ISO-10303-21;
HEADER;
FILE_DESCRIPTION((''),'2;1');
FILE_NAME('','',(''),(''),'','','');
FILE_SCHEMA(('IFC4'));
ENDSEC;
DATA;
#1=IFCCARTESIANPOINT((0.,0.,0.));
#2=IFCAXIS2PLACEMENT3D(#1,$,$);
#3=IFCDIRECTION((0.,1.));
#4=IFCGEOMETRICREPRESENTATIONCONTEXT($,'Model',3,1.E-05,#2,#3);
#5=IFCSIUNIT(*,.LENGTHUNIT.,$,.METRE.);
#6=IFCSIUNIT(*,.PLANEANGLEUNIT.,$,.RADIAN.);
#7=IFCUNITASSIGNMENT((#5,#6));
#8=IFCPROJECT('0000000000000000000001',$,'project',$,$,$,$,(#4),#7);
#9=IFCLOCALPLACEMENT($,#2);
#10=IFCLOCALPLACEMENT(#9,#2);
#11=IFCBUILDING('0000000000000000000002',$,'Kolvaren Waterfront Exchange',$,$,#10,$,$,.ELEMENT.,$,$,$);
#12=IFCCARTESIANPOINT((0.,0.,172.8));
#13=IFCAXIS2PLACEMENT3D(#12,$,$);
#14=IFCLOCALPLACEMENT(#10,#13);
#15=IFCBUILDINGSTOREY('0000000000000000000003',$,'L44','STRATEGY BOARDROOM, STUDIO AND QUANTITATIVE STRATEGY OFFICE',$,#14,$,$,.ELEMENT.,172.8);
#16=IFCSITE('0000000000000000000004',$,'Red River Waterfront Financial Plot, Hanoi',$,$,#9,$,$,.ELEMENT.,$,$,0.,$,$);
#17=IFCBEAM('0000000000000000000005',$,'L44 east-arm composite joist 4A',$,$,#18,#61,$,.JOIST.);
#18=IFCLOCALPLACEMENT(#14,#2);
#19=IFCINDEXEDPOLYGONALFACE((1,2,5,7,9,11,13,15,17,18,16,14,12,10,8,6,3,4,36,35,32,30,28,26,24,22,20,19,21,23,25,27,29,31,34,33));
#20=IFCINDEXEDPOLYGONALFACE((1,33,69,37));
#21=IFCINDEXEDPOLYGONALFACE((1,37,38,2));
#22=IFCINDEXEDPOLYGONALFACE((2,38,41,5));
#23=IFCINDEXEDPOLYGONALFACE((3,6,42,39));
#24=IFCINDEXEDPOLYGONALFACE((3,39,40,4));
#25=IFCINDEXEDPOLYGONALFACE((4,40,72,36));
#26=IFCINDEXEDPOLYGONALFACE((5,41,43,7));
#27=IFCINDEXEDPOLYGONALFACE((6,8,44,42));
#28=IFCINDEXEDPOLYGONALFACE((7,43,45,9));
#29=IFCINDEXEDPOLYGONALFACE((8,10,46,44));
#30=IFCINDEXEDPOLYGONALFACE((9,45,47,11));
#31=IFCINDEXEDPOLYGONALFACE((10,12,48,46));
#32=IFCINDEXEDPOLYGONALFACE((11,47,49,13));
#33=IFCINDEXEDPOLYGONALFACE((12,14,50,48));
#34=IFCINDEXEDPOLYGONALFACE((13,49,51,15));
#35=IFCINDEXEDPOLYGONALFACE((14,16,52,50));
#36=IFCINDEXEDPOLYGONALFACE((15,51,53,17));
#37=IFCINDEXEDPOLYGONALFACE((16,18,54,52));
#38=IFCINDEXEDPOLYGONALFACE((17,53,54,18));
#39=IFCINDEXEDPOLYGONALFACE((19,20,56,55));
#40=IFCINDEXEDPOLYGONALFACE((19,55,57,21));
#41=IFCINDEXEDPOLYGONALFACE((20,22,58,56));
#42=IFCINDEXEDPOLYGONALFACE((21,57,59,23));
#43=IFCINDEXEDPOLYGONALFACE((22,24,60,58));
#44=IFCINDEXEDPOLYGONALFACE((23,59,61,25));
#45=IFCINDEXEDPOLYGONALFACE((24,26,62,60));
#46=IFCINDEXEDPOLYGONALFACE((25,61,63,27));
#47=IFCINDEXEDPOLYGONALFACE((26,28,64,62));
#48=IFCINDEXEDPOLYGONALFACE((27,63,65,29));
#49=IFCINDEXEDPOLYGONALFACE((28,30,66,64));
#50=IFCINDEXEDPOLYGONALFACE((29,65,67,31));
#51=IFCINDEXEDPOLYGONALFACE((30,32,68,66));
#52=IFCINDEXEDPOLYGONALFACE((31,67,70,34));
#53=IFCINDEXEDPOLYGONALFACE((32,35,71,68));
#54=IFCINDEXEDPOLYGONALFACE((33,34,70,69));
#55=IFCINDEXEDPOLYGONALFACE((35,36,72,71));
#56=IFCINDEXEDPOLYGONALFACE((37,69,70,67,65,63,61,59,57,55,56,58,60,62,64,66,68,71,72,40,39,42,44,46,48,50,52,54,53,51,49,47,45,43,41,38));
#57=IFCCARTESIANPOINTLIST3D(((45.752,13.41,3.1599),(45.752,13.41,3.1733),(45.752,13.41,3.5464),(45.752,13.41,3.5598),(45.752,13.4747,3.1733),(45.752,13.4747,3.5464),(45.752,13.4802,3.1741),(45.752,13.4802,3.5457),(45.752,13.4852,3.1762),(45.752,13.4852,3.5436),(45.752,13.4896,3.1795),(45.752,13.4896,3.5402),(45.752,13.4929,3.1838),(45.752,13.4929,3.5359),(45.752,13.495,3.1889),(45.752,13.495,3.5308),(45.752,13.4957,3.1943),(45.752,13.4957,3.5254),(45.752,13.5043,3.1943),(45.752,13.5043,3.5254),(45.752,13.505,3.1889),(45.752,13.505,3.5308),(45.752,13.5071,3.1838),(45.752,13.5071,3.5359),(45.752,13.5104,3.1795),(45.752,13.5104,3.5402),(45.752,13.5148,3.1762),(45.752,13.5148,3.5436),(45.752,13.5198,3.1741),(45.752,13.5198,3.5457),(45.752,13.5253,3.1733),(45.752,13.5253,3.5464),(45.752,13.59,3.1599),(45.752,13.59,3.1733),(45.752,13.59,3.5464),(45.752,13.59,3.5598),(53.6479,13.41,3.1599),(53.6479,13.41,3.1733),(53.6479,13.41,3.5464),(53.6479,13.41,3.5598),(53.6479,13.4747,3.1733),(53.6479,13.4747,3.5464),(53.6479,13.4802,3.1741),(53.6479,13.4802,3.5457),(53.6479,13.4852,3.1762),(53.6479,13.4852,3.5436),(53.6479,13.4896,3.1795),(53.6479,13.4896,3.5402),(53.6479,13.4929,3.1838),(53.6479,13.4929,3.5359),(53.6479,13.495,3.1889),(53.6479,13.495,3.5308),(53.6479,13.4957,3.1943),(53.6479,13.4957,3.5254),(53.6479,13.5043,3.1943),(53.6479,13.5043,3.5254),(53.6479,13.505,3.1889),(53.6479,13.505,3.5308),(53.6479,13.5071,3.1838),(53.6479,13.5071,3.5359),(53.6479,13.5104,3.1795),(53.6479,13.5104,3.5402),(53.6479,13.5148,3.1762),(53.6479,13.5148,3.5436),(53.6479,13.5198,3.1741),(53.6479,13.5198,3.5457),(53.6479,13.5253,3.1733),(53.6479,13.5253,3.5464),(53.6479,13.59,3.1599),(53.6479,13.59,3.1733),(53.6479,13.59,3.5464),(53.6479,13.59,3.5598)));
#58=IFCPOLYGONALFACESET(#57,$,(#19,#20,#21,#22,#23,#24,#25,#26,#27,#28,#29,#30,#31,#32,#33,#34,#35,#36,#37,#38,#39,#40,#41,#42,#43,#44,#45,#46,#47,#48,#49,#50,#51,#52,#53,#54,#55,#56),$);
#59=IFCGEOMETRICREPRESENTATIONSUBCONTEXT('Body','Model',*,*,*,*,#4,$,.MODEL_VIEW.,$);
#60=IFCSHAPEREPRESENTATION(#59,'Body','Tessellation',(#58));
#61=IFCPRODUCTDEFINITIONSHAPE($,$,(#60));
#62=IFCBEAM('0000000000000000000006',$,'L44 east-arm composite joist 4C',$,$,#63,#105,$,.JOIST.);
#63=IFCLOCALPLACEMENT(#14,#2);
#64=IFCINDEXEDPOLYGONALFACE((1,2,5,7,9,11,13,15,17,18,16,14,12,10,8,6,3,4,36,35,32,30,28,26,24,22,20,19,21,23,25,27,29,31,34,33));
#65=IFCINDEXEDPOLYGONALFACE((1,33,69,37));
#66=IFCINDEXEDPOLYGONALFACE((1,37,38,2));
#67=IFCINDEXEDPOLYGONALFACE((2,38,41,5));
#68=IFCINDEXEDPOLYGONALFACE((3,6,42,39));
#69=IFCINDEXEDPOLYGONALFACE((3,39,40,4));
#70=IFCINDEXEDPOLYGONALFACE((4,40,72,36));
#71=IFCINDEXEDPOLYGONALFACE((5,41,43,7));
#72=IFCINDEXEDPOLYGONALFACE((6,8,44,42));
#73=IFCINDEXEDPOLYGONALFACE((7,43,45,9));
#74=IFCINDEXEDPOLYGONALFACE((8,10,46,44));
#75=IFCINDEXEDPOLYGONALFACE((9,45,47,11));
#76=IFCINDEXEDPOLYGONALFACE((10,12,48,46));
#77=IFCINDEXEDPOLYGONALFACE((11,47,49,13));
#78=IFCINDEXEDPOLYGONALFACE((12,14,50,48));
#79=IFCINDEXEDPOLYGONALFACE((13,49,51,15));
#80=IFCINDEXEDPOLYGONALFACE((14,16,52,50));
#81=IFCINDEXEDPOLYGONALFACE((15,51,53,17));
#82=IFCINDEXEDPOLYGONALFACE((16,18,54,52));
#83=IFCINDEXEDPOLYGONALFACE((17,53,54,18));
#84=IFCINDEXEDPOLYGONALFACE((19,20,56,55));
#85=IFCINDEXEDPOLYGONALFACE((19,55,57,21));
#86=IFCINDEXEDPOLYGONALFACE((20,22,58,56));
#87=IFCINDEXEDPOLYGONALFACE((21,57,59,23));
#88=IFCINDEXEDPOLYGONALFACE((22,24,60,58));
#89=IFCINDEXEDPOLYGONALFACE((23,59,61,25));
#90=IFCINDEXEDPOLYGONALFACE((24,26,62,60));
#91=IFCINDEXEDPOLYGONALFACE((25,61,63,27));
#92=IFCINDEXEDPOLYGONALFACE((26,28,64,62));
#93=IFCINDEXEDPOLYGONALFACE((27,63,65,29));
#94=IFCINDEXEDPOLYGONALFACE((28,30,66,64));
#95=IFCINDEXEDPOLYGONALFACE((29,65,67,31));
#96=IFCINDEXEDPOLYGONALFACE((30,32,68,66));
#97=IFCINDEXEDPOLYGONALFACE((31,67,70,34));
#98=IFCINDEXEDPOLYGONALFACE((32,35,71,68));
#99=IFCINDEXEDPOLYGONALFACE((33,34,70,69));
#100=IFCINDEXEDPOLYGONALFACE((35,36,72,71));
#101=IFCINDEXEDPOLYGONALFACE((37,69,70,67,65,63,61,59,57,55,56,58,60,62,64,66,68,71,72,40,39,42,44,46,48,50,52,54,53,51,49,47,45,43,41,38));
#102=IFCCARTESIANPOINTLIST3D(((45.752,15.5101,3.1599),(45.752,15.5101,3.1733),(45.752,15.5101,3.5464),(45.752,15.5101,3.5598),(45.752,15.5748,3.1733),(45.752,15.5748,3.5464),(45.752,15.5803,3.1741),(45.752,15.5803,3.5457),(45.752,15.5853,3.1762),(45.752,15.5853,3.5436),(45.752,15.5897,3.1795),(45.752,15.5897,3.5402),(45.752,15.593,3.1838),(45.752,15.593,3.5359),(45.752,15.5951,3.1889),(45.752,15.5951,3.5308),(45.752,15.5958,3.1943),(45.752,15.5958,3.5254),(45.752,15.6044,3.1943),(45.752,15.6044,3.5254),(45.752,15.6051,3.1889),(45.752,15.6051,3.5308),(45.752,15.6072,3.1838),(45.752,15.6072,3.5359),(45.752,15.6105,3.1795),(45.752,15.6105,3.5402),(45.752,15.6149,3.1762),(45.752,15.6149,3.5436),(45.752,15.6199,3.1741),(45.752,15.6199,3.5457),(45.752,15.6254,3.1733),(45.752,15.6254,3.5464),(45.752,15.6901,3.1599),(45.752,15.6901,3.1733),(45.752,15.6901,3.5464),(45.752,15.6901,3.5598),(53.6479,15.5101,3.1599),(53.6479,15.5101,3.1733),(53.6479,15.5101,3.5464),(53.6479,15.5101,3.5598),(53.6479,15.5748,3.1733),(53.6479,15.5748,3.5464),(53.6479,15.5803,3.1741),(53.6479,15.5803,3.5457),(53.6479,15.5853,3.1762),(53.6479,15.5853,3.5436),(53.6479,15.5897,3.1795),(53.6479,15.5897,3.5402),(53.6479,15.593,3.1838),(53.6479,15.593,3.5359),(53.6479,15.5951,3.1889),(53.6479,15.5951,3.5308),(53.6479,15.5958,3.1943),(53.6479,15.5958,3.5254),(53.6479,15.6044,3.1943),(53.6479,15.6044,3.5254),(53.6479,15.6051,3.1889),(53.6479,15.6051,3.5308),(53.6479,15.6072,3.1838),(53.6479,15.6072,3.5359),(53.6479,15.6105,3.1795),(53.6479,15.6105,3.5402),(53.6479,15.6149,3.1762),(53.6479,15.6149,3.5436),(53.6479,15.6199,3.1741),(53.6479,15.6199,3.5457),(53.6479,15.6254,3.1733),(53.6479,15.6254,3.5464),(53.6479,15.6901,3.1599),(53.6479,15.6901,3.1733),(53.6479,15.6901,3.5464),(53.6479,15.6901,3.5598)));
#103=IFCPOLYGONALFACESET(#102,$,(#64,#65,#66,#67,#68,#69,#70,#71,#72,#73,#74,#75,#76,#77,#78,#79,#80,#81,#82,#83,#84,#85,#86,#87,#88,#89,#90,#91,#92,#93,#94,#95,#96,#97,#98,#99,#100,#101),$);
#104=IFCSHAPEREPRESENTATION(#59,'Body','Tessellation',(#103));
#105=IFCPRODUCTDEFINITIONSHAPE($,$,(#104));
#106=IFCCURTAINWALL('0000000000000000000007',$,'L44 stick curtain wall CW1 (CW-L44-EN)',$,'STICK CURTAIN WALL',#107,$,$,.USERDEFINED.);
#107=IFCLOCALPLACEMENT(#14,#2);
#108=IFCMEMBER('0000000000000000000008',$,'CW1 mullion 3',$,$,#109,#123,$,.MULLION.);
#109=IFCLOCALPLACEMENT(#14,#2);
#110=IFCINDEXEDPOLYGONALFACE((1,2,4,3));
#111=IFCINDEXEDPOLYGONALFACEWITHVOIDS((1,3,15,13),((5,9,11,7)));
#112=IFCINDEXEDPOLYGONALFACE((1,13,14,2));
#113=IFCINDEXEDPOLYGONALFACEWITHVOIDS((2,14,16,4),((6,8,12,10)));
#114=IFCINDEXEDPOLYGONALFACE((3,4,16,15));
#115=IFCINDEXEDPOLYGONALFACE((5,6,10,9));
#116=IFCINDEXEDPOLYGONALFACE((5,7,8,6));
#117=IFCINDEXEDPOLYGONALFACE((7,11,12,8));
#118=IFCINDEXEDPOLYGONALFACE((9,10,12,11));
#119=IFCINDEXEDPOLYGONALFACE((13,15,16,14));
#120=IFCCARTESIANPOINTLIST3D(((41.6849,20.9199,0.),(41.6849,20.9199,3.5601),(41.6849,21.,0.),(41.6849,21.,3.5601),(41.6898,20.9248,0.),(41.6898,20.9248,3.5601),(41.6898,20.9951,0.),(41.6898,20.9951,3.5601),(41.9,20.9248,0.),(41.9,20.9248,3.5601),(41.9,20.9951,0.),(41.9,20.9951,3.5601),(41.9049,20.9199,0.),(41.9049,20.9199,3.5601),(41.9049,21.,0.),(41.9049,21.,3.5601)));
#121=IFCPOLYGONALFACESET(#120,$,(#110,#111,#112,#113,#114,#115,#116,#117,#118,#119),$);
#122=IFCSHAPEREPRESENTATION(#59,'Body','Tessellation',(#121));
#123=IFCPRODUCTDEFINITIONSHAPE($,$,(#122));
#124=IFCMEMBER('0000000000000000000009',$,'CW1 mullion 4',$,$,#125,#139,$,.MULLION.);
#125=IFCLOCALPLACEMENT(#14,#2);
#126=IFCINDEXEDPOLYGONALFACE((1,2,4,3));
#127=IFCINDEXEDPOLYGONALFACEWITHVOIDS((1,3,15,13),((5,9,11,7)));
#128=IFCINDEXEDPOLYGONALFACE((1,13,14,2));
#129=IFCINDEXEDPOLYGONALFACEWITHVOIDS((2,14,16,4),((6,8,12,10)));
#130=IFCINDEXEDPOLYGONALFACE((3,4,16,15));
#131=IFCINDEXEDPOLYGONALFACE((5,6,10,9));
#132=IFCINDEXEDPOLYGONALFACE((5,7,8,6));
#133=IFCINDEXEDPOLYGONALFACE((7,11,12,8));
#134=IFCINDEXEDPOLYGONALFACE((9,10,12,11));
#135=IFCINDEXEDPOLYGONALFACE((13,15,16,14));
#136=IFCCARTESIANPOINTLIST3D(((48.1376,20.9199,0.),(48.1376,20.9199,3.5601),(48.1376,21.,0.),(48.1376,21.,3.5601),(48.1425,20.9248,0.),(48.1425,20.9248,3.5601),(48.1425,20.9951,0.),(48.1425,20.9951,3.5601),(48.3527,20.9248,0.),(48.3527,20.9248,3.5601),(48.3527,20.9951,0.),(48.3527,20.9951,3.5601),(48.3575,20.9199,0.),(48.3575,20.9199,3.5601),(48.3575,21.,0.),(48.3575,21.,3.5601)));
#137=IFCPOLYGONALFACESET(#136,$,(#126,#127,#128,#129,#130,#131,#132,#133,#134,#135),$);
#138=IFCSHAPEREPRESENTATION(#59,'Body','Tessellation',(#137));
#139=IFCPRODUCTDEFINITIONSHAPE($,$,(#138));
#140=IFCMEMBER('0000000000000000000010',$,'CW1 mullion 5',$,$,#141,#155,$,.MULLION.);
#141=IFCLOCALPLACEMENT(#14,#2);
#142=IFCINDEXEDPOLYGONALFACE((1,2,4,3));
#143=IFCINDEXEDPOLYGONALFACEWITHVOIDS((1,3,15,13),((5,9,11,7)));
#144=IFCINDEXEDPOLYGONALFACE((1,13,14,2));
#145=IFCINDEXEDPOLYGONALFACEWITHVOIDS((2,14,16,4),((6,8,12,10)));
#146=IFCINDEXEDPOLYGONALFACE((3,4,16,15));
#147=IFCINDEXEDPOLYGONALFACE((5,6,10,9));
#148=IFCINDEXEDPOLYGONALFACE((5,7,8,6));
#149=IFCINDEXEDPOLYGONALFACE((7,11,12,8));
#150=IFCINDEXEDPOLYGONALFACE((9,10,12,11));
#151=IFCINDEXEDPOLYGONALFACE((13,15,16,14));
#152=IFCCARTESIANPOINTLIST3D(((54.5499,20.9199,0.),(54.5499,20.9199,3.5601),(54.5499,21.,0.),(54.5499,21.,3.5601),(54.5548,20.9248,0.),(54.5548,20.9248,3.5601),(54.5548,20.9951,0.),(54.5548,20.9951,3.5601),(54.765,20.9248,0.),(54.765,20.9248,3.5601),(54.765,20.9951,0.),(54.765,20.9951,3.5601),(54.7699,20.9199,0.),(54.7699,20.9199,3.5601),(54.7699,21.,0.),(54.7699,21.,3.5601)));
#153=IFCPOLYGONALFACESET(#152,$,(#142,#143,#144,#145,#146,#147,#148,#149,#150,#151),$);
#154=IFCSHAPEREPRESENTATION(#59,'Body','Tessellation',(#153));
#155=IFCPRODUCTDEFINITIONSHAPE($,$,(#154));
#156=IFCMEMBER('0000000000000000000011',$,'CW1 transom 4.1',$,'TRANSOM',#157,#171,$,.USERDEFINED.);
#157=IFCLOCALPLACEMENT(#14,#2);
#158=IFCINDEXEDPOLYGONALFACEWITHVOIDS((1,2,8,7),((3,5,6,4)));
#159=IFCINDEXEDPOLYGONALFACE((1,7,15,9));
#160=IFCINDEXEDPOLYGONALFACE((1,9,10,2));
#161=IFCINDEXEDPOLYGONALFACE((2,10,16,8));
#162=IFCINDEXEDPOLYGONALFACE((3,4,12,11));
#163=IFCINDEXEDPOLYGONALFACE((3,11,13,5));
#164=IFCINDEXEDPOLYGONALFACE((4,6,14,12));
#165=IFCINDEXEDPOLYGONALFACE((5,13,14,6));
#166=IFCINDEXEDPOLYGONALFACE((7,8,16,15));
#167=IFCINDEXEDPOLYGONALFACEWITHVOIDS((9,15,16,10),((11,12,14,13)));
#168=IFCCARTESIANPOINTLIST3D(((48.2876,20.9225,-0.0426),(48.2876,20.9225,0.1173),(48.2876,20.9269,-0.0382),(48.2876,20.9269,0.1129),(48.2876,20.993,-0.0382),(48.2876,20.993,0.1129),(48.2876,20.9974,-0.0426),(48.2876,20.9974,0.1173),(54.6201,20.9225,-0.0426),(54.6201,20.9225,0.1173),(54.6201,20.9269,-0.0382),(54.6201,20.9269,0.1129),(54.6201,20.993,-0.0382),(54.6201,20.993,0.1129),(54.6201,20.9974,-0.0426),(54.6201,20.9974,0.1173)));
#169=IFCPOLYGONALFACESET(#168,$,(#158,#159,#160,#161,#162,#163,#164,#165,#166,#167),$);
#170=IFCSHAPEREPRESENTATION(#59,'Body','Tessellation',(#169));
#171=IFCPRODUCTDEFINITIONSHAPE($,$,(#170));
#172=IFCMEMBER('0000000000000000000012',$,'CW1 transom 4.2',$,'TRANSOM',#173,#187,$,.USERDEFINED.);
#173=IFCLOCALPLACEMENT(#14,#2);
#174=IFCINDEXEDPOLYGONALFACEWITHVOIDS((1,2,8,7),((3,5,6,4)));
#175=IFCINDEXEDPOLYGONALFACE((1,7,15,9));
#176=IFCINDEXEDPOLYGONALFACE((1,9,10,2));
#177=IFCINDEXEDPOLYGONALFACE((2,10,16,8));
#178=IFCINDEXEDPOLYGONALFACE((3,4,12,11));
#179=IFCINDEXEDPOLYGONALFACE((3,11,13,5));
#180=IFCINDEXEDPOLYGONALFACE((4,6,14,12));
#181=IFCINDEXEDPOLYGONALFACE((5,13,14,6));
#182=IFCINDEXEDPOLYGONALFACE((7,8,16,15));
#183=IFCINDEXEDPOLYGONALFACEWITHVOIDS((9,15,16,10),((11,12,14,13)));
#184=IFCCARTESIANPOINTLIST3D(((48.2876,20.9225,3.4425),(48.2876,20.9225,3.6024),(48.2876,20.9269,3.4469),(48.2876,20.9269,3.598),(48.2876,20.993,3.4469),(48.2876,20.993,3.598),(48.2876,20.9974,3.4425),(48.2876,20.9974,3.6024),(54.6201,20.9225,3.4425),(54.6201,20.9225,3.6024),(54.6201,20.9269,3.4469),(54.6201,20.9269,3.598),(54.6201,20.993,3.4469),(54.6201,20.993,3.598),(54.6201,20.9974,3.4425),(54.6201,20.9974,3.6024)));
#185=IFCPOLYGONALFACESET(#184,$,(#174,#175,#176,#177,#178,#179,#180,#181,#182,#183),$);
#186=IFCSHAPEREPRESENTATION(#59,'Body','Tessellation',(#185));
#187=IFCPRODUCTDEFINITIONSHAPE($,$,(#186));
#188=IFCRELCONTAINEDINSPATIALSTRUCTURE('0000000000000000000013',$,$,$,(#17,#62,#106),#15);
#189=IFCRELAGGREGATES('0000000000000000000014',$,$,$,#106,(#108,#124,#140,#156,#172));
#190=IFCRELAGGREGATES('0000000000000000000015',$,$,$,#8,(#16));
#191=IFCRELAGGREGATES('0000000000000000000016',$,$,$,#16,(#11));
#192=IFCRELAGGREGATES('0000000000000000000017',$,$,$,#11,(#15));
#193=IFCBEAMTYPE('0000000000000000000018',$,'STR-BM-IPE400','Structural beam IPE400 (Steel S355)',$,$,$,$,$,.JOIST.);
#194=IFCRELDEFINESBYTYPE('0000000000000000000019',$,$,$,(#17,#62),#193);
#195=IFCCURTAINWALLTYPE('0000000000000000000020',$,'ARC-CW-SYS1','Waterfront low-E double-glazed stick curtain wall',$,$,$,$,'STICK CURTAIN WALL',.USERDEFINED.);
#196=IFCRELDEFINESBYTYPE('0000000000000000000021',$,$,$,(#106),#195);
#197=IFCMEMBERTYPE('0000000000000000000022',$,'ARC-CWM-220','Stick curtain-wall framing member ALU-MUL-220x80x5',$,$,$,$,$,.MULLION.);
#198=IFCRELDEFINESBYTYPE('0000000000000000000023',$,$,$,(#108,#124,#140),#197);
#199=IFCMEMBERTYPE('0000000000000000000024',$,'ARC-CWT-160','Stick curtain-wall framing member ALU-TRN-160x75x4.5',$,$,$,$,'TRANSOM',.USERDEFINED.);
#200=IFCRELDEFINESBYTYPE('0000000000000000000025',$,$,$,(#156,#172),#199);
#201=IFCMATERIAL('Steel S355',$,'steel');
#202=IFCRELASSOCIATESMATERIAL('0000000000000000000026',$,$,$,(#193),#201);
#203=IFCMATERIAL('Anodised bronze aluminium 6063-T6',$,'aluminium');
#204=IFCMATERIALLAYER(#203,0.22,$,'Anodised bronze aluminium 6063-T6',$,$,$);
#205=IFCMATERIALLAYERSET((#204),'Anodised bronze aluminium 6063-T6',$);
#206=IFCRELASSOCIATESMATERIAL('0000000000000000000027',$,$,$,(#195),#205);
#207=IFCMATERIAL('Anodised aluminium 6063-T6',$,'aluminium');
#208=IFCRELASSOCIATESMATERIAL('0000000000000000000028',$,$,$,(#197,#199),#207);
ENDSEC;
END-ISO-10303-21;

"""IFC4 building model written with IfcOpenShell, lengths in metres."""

from ifc_helpers import new_model, si_unit, direction, frame, origin, origin_with_axes, origin_2d, place, context, subcontext, project, spatial, hollow_rectangle, i_section, extrude, source, transform, mapped, material, layer, layer_set, material_profile, profile_set, type_object, element, aggregate, save


model = new_model("IFC4")

# Units and contexts
model_context = context("Model", 3, precision=1e-05, world=origin(), true_north=direction((0.0, 1.0)))
body_context = subcontext(model_context, "Body", "Model", "MODEL_VIEW")
ifc_project = project(units=[si_unit("LENGTHUNIT", "METRE"), si_unit("PLANEANGLEUNIT", "RADIAN")], contexts=[model_context])

# Site, building, storey
site_placement = place(None, origin())
site = spatial("IfcSite", under=ifc_project, at=site_placement, Name="Red River Waterfront Financial Plot, Hanoi", CompositionType="ELEMENT", RefElevation=0.0)
building_placement = place(site_placement, origin())
building = spatial("IfcBuilding", under=site, at=building_placement, Name="Kolvaren Waterfront Exchange", CompositionType="ELEMENT")
storey_placement = place(building_placement, frame((0.0, 0.0, 172.8)))
storey = spatial("IfcBuildingStorey", under=building, at=storey_placement, Name="L44", Description="STRATEGY BOARDROOM, STUDIO AND QUANTITATIVE STRATEGY OFFICE", CompositionType="ELEMENT", Elevation=172.8)

# Beams
ifc_material_1 = material(Name="Steel S355", Category="steel")
ifc_material_profile_1 = material_profile(ifc_material_1, i_section(OverallWidth=0.1799, OverallDepth=0.3999, WebThickness=0.0085, FlangeThickness=0.0134, FilletRadius=0.021, at=origin_2d()), Name="IPE400")
ifc_profile_set_1 = profile_set([ifc_material_profile_1], Name="Steel S355")
beam_type_1 = type_object("IfcBeamType", Name="STR-BM-IPE400", Description="Structural beam IPE400 (Steel S355)", PredefinedType="JOIST", material=ifc_profile_set_1)
for number, where, z_axis, x_axis, name in (
    (1, (45.752, 13.5, 3.3599), (1.0, 0.0, 0.0), (0.0, 1.0, 0.0), "L44 east-arm composite joist 4A"),
    (2, (45.752, 15.6001, 3.3599), (1.0, 0.0, 0.0), (0.0, 1.0, 0.0), "L44 east-arm composite joist 4C"),
):
    element("IfcBeam", number, at=place(storey_placement, frame(where, z_axis=z_axis, x_axis=x_axis)), inside=storey, type_object=beam_type_1, Name=name, PredefinedType="JOIST", context=body_context, shape_type="SweptSolid", body=[
        extrude(i_section(OverallWidth=0.1799, OverallDepth=0.3999, WebThickness=0.0085, FlangeThickness=0.0134, FilletRadius=0.021, at=origin_2d()), origin(), (0.0, 0.0, 1.0), 7.896),
    ])

# Curtain wall, members
ifc_material_2 = material(Name="Anodised bronze aluminium 6063-T6", Category="aluminium")
ifc_layer_1 = layer(ifc_material_2, 0.22, Name="Anodised bronze aluminium 6063-T6")
ifc_layer_set_1 = layer_set([ifc_layer_1], Name="Anodised bronze aluminium 6063-T6")
curtain_wall_type = type_object("IfcCurtainWallType", Name="ARC-CW-SYS1", Description="Waterfront low-E double-glazed stick curtain wall", ElementType="STICK CURTAIN WALL", PredefinedType="USERDEFINED", material=ifc_layer_set_1)
curtain_wall_placement = place(storey_placement, origin())
curtain_wall = element("IfcCurtainWall", 3, at=curtain_wall_placement, inside=storey, type_object=curtain_wall_type, Name="L44 stick curtain wall CW1 (CW-L44-EN)", ObjectType="STICK CURTAIN WALL", PredefinedType="USERDEFINED")
ifc_material_3 = material(Name="Anodised aluminium 6063-T6", Category="aluminium")
ifc_material_profile_2 = material_profile(ifc_material_3, hollow_rectangle(XDim=0.0801, YDim=0.22, WallThickness=0.0049, at=origin_2d()), Name="ALU-MUL-220x80x5")
ifc_profile_set_2 = profile_set([ifc_material_profile_2], Name="Anodised aluminium 6063-T6")
member_type_1 = type_object("IfcMemberType", Name="ARC-CWM-220", Description="Stick curtain-wall framing member ALU-MUL-220x80x5", PredefinedType="MULLION", material=ifc_profile_set_2)
shared_shape_1 = source(origin_with_axes(), body_context, "Body", "SweptSolid", [
    extrude(hollow_rectangle(XDim=0.0801, YDim=0.22, WallThickness=0.0049, at=origin_2d()), origin(), (0.0, 0.0, 1.0), 3.5601),
])
member_1_placement = place(storey_placement, frame((41.7949, 20.96, 0.0), z_axis=(0.0, 0.0, 1.0), x_axis=(0.0, 1.0, 0.0)))
member_1 = element("IfcMember", 4, at=member_1_placement, type_object=member_type_1, Name="CW1 mullion 3", PredefinedType="MULLION", context=body_context, shape_type="MappedRepresentation", body=[
    mapped(shared_shape_1, transform((0.0, 0.0, 0.0), x_axis=(1.0, 0.0, 0.0), y_axis=(0.0, 1.0, 0.0), z_axis=(0.0, 0.0, 1.0), scale=1.0)),
])
member_2_placement = place(storey_placement, frame((48.2476, 20.96, 0.0), z_axis=(0.0, 0.0, 1.0), x_axis=(0.0, 1.0, 0.0)))
member_2 = element("IfcMember", 5, at=member_2_placement, type_object=member_type_1, Name="CW1 mullion 4", PredefinedType="MULLION", context=body_context, shape_type="MappedRepresentation", body=[
    mapped(shared_shape_1, transform((0.0, 0.0, 0.0), x_axis=(1.0, 0.0, 0.0), y_axis=(0.0, 1.0, 0.0), z_axis=(0.0, 0.0, 1.0), scale=1.0)),
])
member_3_placement = place(storey_placement, frame((54.6599, 20.96, 0.0), z_axis=(0.0, 0.0, 1.0), x_axis=(0.0, 1.0, 0.0)))
member_3 = element("IfcMember", 6, at=member_3_placement, type_object=member_type_1, Name="CW1 mullion 5", PredefinedType="MULLION", context=body_context, shape_type="MappedRepresentation", body=[
    mapped(shared_shape_1, transform((0.0, 0.0, 0.0), x_axis=(1.0, 0.0, 0.0), y_axis=(0.0, 1.0, 0.0), z_axis=(0.0, 0.0, 1.0), scale=1.0)),
])
ifc_material_profile_3 = material_profile(ifc_material_3, hollow_rectangle(XDim=0.075, YDim=0.1599, WallThickness=0.0044, at=origin_2d()), Name="ALU-TRN-160x75x4.5")
ifc_profile_set_3 = profile_set([ifc_material_profile_3], Name="Anodised aluminium 6063-T6")
member_type_2 = type_object("IfcMemberType", Name="ARC-CWT-160", Description="Stick curtain-wall framing member ALU-TRN-160x75x4.5", ElementType="TRANSOM", PredefinedType="USERDEFINED", material=ifc_profile_set_3)
shared_shape_2 = source(origin_with_axes(), body_context, "Body", "SweptSolid", [
    extrude(hollow_rectangle(XDim=0.075, YDim=0.1599, WallThickness=0.0044, at=origin_2d()), origin(), (0.0, 0.0, 1.0), 6.3325),
])
member_4_placement = place(storey_placement, frame((48.2876, 20.96, 0.0374), z_axis=(1.0, 0.0, 0.0), x_axis=(0.0, 1.0, 0.0)))
member_4 = element("IfcMember", 7, at=member_4_placement, type_object=member_type_2, Name="CW1 transom 4.1", ObjectType="TRANSOM", PredefinedType="USERDEFINED", context=body_context, shape_type="MappedRepresentation", body=[
    mapped(shared_shape_2, transform((0.0, 0.0, 0.0), x_axis=(1.0, 0.0, 0.0), y_axis=(0.0, 1.0, 0.0), z_axis=(0.0, 0.0, 1.0), scale=1.0)),
])
member_5_placement = place(storey_placement, frame((48.2876, 20.96, 3.5225), z_axis=(1.0, 0.0, 0.0), x_axis=(0.0, 1.0, 0.0)))
member_5 = element("IfcMember", 8, at=member_5_placement, type_object=member_type_2, Name="CW1 transom 4.2", ObjectType="TRANSOM", PredefinedType="USERDEFINED", context=body_context, shape_type="MappedRepresentation", body=[
    mapped(shared_shape_2, transform((0.0, 0.0, 0.0), x_axis=(1.0, 0.0, 0.0), y_axis=(0.0, 1.0, 0.0), z_axis=(0.0, 0.0, 1.0), scale=1.0)),
])
aggregate(curtain_wall, [member_1, member_2, member_3, member_4, member_5])

save(model, "model.ifc")
